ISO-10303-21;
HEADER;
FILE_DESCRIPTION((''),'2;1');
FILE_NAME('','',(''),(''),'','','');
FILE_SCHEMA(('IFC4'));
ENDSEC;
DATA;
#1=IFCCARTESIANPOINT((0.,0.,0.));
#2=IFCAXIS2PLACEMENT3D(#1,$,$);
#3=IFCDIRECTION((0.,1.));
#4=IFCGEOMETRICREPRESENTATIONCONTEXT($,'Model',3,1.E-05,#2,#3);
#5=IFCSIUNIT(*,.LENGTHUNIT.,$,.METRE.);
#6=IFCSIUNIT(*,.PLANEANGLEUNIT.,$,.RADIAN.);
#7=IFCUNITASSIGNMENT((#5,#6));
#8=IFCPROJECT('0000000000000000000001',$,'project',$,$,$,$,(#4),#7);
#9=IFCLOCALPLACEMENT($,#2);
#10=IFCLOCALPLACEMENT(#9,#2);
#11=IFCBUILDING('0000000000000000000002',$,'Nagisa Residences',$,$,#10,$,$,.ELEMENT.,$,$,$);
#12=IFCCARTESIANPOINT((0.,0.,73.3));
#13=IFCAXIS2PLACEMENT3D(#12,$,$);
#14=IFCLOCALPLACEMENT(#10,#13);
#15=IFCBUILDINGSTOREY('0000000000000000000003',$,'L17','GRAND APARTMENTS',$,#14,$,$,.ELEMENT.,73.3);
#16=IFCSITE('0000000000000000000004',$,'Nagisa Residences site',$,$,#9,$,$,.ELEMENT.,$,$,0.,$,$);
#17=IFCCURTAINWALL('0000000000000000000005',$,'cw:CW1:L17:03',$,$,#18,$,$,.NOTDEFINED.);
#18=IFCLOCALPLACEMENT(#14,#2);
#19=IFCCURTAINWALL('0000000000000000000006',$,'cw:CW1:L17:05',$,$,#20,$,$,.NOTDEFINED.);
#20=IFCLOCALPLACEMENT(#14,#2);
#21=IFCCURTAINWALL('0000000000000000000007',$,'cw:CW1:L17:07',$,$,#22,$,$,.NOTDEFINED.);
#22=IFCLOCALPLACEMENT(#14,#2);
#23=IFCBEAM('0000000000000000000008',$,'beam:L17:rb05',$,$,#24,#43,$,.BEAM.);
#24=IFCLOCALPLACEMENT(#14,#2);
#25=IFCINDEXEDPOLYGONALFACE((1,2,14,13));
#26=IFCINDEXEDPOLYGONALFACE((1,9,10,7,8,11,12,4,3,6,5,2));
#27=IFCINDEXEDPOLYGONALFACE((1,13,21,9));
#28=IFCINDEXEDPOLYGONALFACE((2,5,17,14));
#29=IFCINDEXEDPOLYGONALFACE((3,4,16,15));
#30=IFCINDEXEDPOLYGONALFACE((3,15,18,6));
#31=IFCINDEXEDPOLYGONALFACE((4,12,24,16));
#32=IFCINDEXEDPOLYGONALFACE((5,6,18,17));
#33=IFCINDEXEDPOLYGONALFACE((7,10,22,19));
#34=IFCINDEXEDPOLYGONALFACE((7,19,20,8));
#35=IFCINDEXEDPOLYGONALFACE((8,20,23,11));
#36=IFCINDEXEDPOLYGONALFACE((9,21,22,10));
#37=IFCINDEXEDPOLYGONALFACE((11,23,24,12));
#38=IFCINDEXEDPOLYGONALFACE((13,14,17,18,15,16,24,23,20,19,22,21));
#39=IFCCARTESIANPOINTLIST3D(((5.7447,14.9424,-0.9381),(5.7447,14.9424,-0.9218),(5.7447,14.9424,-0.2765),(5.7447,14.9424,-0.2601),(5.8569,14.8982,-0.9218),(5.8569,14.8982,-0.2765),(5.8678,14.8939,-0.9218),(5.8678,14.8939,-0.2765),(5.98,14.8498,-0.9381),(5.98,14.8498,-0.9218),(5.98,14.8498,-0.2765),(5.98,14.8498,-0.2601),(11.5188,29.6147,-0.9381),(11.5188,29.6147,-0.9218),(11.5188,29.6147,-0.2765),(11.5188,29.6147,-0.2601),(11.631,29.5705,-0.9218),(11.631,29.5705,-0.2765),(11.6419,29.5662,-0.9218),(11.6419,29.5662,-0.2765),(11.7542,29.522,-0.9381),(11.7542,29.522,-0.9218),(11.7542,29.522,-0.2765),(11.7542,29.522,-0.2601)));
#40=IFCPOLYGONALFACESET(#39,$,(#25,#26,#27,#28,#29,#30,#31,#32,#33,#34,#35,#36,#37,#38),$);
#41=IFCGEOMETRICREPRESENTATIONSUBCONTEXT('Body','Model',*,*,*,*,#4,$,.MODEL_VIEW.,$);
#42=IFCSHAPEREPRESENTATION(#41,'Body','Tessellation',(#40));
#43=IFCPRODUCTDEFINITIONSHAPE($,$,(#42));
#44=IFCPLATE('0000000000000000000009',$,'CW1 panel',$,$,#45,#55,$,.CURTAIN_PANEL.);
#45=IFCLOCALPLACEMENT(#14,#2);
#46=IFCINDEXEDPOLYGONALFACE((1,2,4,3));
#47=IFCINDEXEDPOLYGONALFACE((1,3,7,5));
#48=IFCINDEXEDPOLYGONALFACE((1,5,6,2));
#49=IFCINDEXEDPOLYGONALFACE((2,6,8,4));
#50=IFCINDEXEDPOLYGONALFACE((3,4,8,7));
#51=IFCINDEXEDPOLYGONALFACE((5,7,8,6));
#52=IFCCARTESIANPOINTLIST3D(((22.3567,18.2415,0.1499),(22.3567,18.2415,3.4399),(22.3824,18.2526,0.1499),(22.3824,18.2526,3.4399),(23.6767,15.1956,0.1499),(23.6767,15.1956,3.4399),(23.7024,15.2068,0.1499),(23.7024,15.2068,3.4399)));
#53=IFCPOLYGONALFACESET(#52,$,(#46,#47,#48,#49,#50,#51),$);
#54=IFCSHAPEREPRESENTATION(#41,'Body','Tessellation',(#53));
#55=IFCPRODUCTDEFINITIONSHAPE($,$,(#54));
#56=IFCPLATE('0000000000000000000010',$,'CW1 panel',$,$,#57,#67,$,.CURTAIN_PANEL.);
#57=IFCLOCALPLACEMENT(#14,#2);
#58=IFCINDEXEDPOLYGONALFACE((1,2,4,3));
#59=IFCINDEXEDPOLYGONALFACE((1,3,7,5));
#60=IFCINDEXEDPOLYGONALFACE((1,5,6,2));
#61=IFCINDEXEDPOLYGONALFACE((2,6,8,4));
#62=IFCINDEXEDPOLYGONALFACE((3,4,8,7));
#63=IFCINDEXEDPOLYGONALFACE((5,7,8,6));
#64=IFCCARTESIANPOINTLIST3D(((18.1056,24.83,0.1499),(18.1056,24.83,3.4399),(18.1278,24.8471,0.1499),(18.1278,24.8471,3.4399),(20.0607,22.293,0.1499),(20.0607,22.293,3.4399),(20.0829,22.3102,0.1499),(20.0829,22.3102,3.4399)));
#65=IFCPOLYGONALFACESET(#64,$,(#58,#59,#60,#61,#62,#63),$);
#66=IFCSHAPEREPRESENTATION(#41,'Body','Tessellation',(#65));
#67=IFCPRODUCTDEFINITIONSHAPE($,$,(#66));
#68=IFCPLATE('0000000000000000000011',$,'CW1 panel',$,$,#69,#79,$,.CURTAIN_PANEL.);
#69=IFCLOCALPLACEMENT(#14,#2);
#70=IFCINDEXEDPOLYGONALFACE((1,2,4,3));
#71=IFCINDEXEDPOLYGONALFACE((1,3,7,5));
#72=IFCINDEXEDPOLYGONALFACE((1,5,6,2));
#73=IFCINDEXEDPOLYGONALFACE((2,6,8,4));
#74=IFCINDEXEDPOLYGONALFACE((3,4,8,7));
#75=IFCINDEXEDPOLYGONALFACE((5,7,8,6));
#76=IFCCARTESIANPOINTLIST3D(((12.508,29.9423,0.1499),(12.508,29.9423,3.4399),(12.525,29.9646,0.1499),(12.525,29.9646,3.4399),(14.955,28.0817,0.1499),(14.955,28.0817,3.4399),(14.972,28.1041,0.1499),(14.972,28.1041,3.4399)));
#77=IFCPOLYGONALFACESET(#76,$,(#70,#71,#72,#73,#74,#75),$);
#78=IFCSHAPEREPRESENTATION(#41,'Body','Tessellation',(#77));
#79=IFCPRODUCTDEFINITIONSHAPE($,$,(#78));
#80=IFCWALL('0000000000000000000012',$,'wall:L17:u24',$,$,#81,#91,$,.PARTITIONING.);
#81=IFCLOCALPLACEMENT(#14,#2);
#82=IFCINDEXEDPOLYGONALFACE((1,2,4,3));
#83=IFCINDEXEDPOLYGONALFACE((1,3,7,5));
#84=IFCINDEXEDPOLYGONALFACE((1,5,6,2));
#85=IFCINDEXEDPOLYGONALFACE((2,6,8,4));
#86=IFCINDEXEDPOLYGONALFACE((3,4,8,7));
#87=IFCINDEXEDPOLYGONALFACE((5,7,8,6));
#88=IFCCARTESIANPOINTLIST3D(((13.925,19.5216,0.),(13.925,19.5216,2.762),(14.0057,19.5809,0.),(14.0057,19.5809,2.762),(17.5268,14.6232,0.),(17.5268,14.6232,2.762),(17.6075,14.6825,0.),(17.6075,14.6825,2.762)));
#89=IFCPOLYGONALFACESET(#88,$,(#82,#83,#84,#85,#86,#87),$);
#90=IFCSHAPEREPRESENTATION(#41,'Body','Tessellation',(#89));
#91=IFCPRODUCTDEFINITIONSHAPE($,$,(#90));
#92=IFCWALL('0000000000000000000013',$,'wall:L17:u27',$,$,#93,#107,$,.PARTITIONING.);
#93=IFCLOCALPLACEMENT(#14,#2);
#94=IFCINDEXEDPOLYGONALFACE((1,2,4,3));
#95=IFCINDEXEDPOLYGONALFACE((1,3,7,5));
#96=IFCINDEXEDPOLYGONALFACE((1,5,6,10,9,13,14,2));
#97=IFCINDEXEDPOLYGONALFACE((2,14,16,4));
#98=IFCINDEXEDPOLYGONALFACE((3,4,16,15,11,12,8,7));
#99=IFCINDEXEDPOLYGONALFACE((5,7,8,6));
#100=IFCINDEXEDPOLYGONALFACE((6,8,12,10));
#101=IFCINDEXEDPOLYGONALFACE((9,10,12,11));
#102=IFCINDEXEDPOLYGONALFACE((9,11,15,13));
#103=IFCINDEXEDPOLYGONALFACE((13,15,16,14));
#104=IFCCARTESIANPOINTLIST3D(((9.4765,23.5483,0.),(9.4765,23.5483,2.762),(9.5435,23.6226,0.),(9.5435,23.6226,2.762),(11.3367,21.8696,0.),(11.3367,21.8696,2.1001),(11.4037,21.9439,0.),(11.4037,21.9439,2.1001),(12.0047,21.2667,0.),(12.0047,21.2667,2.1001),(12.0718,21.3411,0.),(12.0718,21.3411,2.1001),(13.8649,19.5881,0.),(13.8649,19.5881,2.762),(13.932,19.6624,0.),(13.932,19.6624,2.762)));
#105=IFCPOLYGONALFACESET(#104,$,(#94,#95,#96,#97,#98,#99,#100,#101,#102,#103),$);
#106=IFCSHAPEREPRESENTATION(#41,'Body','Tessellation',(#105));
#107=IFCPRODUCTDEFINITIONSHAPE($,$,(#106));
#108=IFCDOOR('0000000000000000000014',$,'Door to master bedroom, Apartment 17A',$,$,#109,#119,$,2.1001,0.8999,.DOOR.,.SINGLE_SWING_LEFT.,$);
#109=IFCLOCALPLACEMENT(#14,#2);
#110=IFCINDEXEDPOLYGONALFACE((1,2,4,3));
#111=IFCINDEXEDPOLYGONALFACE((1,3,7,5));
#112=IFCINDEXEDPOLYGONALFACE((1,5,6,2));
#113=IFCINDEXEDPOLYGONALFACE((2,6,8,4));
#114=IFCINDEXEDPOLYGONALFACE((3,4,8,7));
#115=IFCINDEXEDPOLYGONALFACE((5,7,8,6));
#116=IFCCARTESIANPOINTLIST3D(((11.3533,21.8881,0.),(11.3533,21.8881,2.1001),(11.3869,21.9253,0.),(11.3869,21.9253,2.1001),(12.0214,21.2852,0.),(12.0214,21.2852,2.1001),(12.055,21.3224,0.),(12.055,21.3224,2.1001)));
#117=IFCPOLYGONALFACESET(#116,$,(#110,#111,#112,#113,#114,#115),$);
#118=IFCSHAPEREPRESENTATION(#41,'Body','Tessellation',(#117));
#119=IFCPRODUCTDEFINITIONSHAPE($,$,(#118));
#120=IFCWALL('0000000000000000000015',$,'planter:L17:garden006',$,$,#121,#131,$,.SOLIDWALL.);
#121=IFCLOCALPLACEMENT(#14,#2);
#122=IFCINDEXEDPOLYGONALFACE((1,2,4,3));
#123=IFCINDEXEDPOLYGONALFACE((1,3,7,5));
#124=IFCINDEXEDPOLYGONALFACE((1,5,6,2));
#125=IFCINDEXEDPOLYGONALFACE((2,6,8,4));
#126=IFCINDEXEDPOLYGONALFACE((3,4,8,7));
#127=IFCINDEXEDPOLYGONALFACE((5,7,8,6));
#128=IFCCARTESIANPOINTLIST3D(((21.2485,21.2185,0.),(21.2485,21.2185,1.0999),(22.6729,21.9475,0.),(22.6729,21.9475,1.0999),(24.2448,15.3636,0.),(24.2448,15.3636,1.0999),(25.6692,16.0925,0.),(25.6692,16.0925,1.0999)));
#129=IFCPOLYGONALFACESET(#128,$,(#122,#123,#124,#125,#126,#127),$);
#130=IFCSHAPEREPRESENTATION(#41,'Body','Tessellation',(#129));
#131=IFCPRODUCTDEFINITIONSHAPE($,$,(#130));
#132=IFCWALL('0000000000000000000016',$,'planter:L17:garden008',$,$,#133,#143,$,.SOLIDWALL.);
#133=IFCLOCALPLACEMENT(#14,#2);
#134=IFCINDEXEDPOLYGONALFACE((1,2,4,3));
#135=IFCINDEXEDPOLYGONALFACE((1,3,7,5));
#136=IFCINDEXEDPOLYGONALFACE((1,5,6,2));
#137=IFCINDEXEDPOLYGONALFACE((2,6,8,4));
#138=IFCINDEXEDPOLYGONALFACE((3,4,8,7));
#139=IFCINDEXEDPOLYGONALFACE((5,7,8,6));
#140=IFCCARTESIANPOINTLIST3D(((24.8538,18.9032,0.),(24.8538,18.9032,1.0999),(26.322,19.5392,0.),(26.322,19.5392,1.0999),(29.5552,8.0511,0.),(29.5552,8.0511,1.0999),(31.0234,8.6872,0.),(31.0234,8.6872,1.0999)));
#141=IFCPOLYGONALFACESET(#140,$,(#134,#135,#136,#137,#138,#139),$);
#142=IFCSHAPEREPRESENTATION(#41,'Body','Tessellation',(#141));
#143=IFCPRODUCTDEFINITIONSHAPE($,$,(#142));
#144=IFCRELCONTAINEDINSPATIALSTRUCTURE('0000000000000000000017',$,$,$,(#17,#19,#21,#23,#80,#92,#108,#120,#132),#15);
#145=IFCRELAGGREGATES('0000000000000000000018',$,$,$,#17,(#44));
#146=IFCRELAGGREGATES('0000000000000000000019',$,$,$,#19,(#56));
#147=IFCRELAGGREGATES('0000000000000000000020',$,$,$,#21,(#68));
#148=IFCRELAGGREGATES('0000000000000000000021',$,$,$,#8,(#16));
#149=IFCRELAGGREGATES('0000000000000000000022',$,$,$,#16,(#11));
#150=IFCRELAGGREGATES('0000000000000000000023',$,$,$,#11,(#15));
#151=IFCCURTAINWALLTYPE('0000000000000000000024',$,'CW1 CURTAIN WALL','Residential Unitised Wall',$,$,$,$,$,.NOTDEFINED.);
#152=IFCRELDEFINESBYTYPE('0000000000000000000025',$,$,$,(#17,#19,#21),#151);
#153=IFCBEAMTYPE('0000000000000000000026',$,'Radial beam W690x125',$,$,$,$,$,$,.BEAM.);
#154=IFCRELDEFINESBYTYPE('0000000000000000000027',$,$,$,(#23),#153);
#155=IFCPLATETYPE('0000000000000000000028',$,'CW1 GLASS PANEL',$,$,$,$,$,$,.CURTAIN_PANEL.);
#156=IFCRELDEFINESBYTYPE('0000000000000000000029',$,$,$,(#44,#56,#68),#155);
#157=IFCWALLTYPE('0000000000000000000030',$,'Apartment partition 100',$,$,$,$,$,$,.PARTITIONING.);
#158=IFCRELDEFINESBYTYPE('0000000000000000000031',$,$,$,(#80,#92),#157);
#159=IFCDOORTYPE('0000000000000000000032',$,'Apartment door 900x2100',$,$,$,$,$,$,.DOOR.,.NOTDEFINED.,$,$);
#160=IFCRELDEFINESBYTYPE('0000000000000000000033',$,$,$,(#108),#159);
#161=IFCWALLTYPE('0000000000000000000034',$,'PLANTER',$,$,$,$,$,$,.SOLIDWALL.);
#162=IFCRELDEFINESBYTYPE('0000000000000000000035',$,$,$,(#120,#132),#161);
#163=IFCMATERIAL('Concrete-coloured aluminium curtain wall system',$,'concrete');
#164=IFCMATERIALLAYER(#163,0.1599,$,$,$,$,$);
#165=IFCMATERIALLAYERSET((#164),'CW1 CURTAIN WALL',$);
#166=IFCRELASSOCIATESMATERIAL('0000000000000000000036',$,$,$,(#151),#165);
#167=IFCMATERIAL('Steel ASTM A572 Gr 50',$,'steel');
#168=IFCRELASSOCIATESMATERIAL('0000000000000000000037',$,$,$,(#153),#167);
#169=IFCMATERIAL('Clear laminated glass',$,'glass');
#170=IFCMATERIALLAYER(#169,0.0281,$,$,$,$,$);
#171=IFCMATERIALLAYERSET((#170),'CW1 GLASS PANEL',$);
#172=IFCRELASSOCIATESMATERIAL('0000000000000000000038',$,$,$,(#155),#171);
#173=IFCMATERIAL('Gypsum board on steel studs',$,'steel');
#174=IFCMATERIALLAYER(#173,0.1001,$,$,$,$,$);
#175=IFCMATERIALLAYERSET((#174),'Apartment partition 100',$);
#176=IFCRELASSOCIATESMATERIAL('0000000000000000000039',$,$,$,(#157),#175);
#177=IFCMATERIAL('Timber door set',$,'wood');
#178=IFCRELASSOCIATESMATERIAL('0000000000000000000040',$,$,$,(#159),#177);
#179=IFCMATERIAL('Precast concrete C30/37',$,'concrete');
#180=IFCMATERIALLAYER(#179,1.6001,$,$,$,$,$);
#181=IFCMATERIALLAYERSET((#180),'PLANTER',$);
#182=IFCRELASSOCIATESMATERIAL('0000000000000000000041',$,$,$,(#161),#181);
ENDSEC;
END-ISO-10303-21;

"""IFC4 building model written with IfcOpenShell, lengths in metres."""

from ifc_helpers import new_model, si_unit, direction, frame, frame_2d, origin, origin_2d, place, context, subcontext, project, spatial, rectangle, i_section, extrude, material, layer, layer_set, material_profile, profile_set, type_object, element, fill, aggregate, save


model = new_model("IFC4")

# Units and contexts
model_context = context("Model", 3, precision=1e-05, world=origin(), true_north=direction((0.0, 1.0)))
body_context = subcontext(model_context, "Body", "Model", "MODEL_VIEW")
ifc_project = project(units=[si_unit("LENGTHUNIT", "METRE"), si_unit("PLANEANGLEUNIT", "RADIAN")], contexts=[model_context])

# Site, building, storey
site_placement = place(None, origin())
site = spatial("IfcSite", under=ifc_project, at=site_placement, Name="Nagisa Residences site", CompositionType="ELEMENT", RefElevation=0.0)
building_placement = place(site_placement, origin())
building = spatial("IfcBuilding", under=site, at=building_placement, Name="Nagisa Residences", CompositionType="ELEMENT")
storey_placement = place(building_placement, frame((0.0, 0.0, 73.3)))
storey = spatial("IfcBuildingStorey", under=building, at=storey_placement, Name="L17", Description="GRAND APARTMENTS", CompositionType="ELEMENT", Elevation=73.3)

# Curtain walls
ifc_material_1 = material(Name="Concrete-coloured aluminium curtain wall system", Category="concrete")
ifc_layer_1 = layer(ifc_material_1, 0.1599)
ifc_layer_set_1 = layer_set([ifc_layer_1], Name="CW1 CURTAIN WALL")
curtain_wall_type = type_object("IfcCurtainWallType", Name="CW1 CURTAIN WALL", Description="Residential Unitised Wall", PredefinedType="NOTDEFINED", material=ifc_layer_set_1)
curtain_wall_1_placement = place(storey_placement, origin())
curtain_wall_1 = element("IfcCurtainWall", 1, at=curtain_wall_1_placement, inside=storey, type_object=curtain_wall_type, Name="cw:CW1:L17:03", PredefinedType="NOTDEFINED")
curtain_wall_2_placement = place(storey_placement, origin())
curtain_wall_2 = element("IfcCurtainWall", 2, at=curtain_wall_2_placement, inside=storey, type_object=curtain_wall_type, Name="cw:CW1:L17:05", PredefinedType="NOTDEFINED")
curtain_wall_3_placement = place(storey_placement, origin())
curtain_wall_3 = element("IfcCurtainWall", 3, at=curtain_wall_3_placement, inside=storey, type_object=curtain_wall_type, Name="cw:CW1:L17:07", PredefinedType="NOTDEFINED")

# Beam
ifc_material_2 = material(Name="Steel ASTM A572 Gr 50", Category="steel")
ifc_material_profile_1 = material_profile(ifc_material_2, i_section(OverallWidth=0.2529, OverallDepth=0.678, WebThickness=0.0117, FlangeThickness=0.0164, at=origin_2d()), Name="W690x125")
ifc_profile_set_1 = profile_set([ifc_material_profile_1], Name="Steel ASTM A572 Gr 50")
beam_type = type_object("IfcBeamType", Name="Radial beam W690x125", PredefinedType="BEAM", material=ifc_profile_set_1)
beam_1_placement = place(storey_placement, frame((11.6365, 29.5684, -0.5991), z_axis=(-0.366203, -0.930535, 0.0), x_axis=(0.930535, -0.366203, 0.0)))
element("IfcBeam", 4, at=beam_1_placement, inside=storey, type_object=beam_type, Name="beam:L17:rb05", PredefinedType="BEAM", context=body_context, shape_type="SweptSolid", body=[
    extrude(i_section(OverallWidth=0.2529, OverallDepth=0.678, WebThickness=0.0117, FlangeThickness=0.0164, at=origin_2d()), origin(), (0.0, 0.0, 1.0), 15.7676),
])

# Plates
ifc_material_3 = material(Name="Clear laminated glass", Category="glass")
ifc_layer_2 = layer(ifc_material_3, 0.0281)
ifc_layer_set_2 = layer_set([ifc_layer_2], Name="CW1 GLASS PANEL")
plate_type = type_object("IfcPlateType", Name="CW1 GLASS PANEL", PredefinedType="CURTAIN_PANEL", material=ifc_layer_set_2)
plate_1_placement = place(storey_placement, frame((23.0295, 16.7241, 0.1499), z_axis=(0.0, 0.0, 1.0), x_axis=(-0.397636, 0.917543, 0.0)))
plate_1 = element("IfcPlate", 5, at=plate_1_placement, type_object=plate_type, Name="CW1 panel", PredefinedType="CURTAIN_PANEL", context=body_context, shape_type="SweptSolid", body=[
    extrude(rectangle(XDim=3.3196, YDim=0.0281, at=origin_2d()), origin(), (0.0, 0.0, 1.0), 3.29),
])
aggregate(curtain_wall_1, [plate_1])
plate_2_placement = place(storey_placement, frame((19.0942, 23.5701, 0.1499), z_axis=(0.0, 0.0, 1.0), x_axis=(-0.61043, 0.79207, 0.0)))
plate_2 = element("IfcPlate", 6, at=plate_2_placement, type_object=plate_type, Name="CW1 panel", PredefinedType="CURTAIN_PANEL", context=body_context, shape_type="SweptSolid", body=[
    extrude(rectangle(XDim=3.2029, YDim=0.0281, at=origin_2d()), origin(), (0.0, 0.0, 1.0), 3.29),
])
aggregate(curtain_wall_2, [plate_2])
plate_3_placement = place(storey_placement, frame((13.74, 29.0232, 0.1499), z_axis=(0.0, 0.0, 1.0), x_axis=(-0.796031, 0.605255, 0.0)))
plate_3 = element("IfcPlate", 7, at=plate_3_placement, type_object=plate_type, Name="CW1 panel", PredefinedType="CURTAIN_PANEL", context=body_context, shape_type="SweptSolid", body=[
    extrude(rectangle(XDim=3.074, YDim=0.0281, at=origin_2d()), origin(), (0.0, 0.0, 1.0), 3.29),
])
aggregate(curtain_wall_3, [plate_3])

# Wall
ifc_material_4 = material(Name="Gypsum board on steel studs", Category="steel")
ifc_layer_3 = layer(ifc_material_4, 0.1001)
ifc_layer_set_3 = layer_set([ifc_layer_3], Name="Apartment partition 100")
wall_type_1 = type_object("IfcWallType", Name="Apartment partition 100", PredefinedType="PARTITIONING", material=ifc_layer_set_3)
wall_1_placement = place(storey_placement, frame((17.5671, 14.6528, 0.0), z_axis=(0.0, 0.0, 1.0), x_axis=(-0.592392, 0.80565, 0.0)))
element("IfcWall", 8, at=wall_1_placement, inside=storey, type_object=wall_type_1, Name="wall:L17:u24", PredefinedType="PARTITIONING", context=body_context, shape_type="SweptSolid", body=[
    extrude(rectangle(XDim=6.0801, YDim=0.1001, at=frame_2d((3.04, 0.0))), origin(), (0.0, 0.0, 1.0), 2.762),
])

# Wall, opening, door
wall_2_placement = place(storey_placement, frame((13.8984, 19.6252, 0.0), z_axis=(0.0, 0.0, 1.0), x_axis=(-0.7424, 0.669957, 0.0)))
wall_2 = element("IfcWall", 9, at=wall_2_placement, inside=storey, type_object=wall_type_1, Name="wall:L17:u27", PredefinedType="PARTITIONING", context=body_context, shape_type="SweptSolid", body=[
    extrude(rectangle(XDim=5.9111, YDim=0.1001, at=frame_2d((2.9556, 0.0))), origin(), (0.0, 0.0, 1.0), 2.762),
])
opening_1_placement = place(wall_2_placement, frame((2.5056, 0.0, 0.0)))
opening_1 = element("IfcOpeningElement", 10, at=opening_1_placement, cuts=wall_2, PredefinedType="OPENING", context=body_context, shape_type="SweptSolid", body=[
    extrude(rectangle(XDim=0.8999, YDim=2.1001, at=frame_2d((0.45, 1.05))), frame((0.0, 0.0601, 0.0), z_axis=(0.0, -1.0, 0.0), x_axis=(1.0, 0.0, 0.0)), (0.0, 0.0, 1.0), 0.1201),
])
ifc_material_5 = material(Name="Timber door set", Category="wood")
door_type_1 = type_object("IfcDoorType", Name="Apartment door 900x2100", OperationType="NOTDEFINED", PredefinedType="DOOR", material=ifc_material_5)
door_1_placement = place(opening_1_placement, frame((0.8999, 0.0, 0.0), x_axis=(-1.0, 0.0, 0.0)))
door_1 = element("IfcDoor", 11, at=door_1_placement, inside=storey, type_object=door_type_1, Name="Door to master bedroom, Apartment 17A", OperationType="SINGLE_SWING_LEFT", OverallHeight=2.1001, OverallWidth=0.8999, PredefinedType="DOOR", context=body_context, shape_type="SweptSolid", body=[
    extrude(rectangle(XDim=0.8999, YDim=2.1001, at=frame_2d((0.45, 1.05))), frame((0.0, 0.0249, 0.0), z_axis=(0.0, -1.0, 0.0), x_axis=(1.0, 0.0, 0.0)), (0.0, 0.0, 1.0), 0.05),
])
fill(opening_1, door_1)

# Walls
ifc_material_6 = material(Name="Precast concrete C30/37", Category="concrete")
ifc_layer_4 = layer(ifc_material_6, 1.6001)
ifc_layer_set_4 = layer_set([ifc_layer_4], Name="PLANTER")
wall_type_2 = type_object("IfcWallType", Name="PLANTER", PredefinedType="SOLIDWALL", material=ifc_layer_set_4)
wall_3_placement = place(storey_placement, frame((24.957, 15.728, 0.0), z_axis=(0.0, 0.0, 1.0), x_axis=(-0.455568, 0.890201, 0.0)))
element("IfcWall", 12, at=wall_3_placement, inside=storey, type_object=wall_type_2, Name="planter:L17:garden006", PredefinedType="SOLIDWALL", context=body_context, shape_type="SweptSolid", body=[
    extrude(rectangle(XDim=6.5771, YDim=1.6001, at=frame_2d((3.2886, 0.0))), origin(), (0.0, 0.0, 1.0), 1.0999),
])
wall_4_placement = place(storey_placement, frame((25.5879, 19.2212, 0.0), z_axis=(0.0, 0.0, 1.0), x_axis=(0.397526, -0.917591, 0.0)))
element("IfcWall", 13, at=wall_4_placement, inside=storey, type_object=wall_type_2, Name="planter:L17:garden008", PredefinedType="SOLIDWALL", context=body_context, shape_type="SweptSolid", body=[
    extrude(rectangle(XDim=11.8267, YDim=1.6001, at=frame_2d((5.9133, 0.0))), origin(), (0.0, 0.0, 1.0), 1.0999),
])

save(model, "model.ifc")
